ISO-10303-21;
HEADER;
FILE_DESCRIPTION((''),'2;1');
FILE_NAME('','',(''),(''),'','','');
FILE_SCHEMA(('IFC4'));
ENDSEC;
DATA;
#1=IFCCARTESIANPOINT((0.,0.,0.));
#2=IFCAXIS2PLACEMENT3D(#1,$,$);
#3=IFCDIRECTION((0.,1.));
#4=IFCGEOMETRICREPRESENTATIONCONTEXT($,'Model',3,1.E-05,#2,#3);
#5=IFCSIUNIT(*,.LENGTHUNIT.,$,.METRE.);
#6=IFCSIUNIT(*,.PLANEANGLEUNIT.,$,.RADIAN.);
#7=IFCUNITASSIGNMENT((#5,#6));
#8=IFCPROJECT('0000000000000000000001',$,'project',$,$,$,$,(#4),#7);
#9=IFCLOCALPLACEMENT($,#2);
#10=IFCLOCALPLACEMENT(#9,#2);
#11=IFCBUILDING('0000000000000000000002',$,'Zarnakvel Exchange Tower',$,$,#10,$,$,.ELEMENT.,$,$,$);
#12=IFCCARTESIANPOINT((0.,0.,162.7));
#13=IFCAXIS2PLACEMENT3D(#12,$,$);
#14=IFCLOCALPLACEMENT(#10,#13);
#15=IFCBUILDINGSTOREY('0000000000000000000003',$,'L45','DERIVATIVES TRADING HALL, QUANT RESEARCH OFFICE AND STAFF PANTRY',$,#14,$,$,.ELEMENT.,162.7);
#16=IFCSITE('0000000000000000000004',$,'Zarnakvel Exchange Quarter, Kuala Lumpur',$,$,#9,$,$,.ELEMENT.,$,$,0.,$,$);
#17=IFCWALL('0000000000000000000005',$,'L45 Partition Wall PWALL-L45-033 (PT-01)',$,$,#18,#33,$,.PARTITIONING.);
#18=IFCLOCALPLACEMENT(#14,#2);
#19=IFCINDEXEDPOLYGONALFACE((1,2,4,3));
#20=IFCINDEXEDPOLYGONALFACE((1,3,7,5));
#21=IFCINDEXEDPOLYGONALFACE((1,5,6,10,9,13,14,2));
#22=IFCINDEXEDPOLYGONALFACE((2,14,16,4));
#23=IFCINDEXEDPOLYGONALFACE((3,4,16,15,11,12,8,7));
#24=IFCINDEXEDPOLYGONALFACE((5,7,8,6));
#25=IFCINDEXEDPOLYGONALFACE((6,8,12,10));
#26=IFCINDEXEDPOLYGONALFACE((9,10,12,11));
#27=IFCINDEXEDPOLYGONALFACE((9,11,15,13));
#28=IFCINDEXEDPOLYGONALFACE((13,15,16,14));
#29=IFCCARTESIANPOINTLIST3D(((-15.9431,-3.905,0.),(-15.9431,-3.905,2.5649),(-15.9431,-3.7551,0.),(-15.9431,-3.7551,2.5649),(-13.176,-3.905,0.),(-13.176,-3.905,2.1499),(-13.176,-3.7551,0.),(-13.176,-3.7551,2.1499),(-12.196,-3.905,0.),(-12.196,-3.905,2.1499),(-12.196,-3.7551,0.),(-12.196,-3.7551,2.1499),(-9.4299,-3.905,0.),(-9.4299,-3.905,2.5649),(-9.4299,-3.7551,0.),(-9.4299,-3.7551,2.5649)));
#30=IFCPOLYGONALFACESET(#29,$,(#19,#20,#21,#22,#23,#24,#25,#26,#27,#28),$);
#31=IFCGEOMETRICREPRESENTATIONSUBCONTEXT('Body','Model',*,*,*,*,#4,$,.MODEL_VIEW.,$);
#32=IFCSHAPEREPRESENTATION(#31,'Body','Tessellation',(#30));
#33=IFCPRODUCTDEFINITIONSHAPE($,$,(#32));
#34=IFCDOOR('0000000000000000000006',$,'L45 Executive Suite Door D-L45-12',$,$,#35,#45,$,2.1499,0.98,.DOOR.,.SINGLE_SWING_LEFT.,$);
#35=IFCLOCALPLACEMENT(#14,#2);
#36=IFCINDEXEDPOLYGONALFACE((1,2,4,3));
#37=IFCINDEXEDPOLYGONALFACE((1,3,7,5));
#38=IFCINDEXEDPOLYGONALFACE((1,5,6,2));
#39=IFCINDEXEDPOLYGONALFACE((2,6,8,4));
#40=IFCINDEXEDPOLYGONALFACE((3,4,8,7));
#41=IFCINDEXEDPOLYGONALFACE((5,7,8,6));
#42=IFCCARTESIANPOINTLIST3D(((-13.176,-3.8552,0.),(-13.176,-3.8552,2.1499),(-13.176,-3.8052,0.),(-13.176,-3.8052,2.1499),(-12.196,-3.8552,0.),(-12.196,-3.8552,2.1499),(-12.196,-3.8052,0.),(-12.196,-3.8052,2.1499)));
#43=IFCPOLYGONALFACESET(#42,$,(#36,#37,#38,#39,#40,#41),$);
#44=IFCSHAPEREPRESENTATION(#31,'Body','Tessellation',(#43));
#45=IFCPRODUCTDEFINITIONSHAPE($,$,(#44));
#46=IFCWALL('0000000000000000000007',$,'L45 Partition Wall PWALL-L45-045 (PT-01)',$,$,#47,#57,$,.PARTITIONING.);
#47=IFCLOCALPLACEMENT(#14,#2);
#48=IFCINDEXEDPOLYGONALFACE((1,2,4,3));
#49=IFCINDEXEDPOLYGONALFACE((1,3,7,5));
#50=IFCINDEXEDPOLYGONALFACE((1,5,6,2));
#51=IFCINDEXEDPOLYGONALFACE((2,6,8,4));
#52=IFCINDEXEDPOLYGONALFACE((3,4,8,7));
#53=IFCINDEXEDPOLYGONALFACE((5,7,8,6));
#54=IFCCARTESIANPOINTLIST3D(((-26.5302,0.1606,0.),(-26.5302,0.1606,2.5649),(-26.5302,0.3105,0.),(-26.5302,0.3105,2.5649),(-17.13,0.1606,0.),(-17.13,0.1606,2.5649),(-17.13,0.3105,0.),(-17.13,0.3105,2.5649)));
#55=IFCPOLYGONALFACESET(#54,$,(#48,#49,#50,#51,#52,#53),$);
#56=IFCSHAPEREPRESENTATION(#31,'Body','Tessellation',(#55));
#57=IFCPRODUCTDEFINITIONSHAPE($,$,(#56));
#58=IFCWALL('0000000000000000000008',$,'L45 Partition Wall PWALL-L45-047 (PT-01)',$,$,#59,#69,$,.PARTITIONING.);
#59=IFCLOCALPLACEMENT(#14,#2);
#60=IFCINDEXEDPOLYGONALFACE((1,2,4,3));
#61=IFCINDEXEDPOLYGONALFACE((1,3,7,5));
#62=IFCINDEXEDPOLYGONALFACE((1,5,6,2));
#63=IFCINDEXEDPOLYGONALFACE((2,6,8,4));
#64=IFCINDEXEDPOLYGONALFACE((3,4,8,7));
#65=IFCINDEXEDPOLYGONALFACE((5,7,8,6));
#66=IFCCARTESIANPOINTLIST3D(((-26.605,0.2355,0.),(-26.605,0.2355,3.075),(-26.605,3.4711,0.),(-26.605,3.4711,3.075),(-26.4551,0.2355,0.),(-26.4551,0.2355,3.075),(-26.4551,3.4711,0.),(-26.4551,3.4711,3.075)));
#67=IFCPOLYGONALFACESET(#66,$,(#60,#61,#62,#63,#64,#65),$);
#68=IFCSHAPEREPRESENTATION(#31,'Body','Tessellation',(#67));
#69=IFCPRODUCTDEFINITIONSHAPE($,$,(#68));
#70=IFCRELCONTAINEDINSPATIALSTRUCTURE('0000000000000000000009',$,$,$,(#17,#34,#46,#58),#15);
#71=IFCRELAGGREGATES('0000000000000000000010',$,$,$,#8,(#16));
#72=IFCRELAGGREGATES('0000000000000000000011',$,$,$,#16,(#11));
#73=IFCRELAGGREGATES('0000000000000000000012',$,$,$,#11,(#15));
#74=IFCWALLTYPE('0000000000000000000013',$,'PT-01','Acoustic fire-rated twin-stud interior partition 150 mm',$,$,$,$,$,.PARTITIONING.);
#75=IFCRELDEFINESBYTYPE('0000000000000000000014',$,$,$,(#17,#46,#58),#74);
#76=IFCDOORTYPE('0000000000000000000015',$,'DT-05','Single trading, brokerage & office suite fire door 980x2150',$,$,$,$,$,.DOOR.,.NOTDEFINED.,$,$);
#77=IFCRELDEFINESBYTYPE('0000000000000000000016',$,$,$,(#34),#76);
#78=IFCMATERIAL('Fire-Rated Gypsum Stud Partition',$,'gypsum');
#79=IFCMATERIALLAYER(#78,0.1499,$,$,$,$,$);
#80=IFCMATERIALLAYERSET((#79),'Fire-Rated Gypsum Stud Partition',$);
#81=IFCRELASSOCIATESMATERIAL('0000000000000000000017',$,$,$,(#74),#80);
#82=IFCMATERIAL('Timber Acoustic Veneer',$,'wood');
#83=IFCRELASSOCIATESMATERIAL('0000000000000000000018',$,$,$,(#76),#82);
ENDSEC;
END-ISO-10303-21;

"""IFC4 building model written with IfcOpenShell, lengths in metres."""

from ifc_helpers import new_model, si_unit, direction, frame, frame_2d, origin, place, context, subcontext, project, spatial, rectangle, extrude, source, transform, mapped, material, layer, layer_set, type_object, element, fill, save


model = new_model("IFC4")

# Units and contexts
model_context = context("Model", 3, precision=1e-05, world=origin(), true_north=direction((0.0, 1.0)))
body_context = subcontext(model_context, "Body", "Model", "MODEL_VIEW")
ifc_project = project(units=[si_unit("LENGTHUNIT", "METRE"), si_unit("PLANEANGLEUNIT", "RADIAN")], contexts=[model_context])

# Site, building, storey
site_placement = place(None, origin())
site = spatial("IfcSite", under=ifc_project, at=site_placement, Name="Zarnakvel Exchange Quarter, Kuala Lumpur", CompositionType="ELEMENT", RefElevation=0.0)
building_placement = place(site_placement, origin())
building = spatial("IfcBuilding", under=site, at=building_placement, Name="Zarnakvel Exchange Tower", CompositionType="ELEMENT")
storey_placement = place(building_placement, frame((0.0, 0.0, 162.7)))
storey = spatial("IfcBuildingStorey", under=building, at=storey_placement, Name="L45", Description="DERIVATIVES TRADING HALL, QUANT RESEARCH OFFICE AND STAFF PANTRY", CompositionType="ELEMENT", Elevation=162.7)

# Shared definitions
ifc_material_1 = material(Name="Fire-Rated Gypsum Stud Partition", Category="gypsum")
ifc_layer_1 = layer(ifc_material_1, 0.1499)
ifc_layer_set_1 = layer_set([ifc_layer_1], Name="Fire-Rated Gypsum Stud Partition")
wall_type = type_object("IfcWallType", Name="PT-01", Description="Acoustic fire-rated twin-stud interior partition 150 mm", PredefinedType="PARTITIONING", material=ifc_layer_set_1)
ifc_material_2 = material(Name="Timber Acoustic Veneer", Category="wood")
door_type = type_object("IfcDoorType", Name="DT-05", Description="Single trading, brokerage & office suite fire door 980x2150", OperationType="NOTDEFINED", PredefinedType="DOOR", material=ifc_material_2)
shared_shape_1 = source(origin(), body_context, "Body", "SweptSolid", [
    extrude(rectangle(XDim=0.98, YDim=2.1499, at=frame_2d((0.49, 1.075))), frame((0.0, 0.0249, 0.0), z_axis=(0.0, -1.0, 0.0), x_axis=(1.0, 0.0, 0.0)), (0.0, 0.0, 1.0), 0.05),
])

# Wall, opening, door
wall_1_placement = place(storey_placement, frame((-15.9431, -3.8301, 0.0), z_axis=(0.0, 0.0, 1.0), x_axis=(1.0, 0.0, 0.0)))
wall_1 = element("IfcWall", 1, at=wall_1_placement, inside=storey, type_object=wall_type, Name="L45 Partition Wall PWALL-L45-033 (PT-01)", PredefinedType="PARTITIONING", context=body_context, shape_type="SweptSolid", body=[
    extrude(rectangle(XDim=6.5132, YDim=0.1499, at=frame_2d((3.2566, 0.0))), origin(), (0.0, 0.0, 1.0), 2.5649),
])
opening_1_placement = place(wall_1_placement, frame((2.7671, 0.0, 0.0)))
opening_1 = element("IfcOpeningElement", 2, at=opening_1_placement, cuts=wall_1, PredefinedType="OPENING", context=body_context, shape_type="SweptSolid", body=[
    extrude(rectangle(XDim=0.98, YDim=2.1499, at=frame_2d((0.49, 1.075))), frame((0.0, 0.085, 0.0), z_axis=(0.0, -1.0, 0.0), x_axis=(1.0, 0.0, 0.0)), (0.0, 0.0, 1.0), 0.1699),
])
door_1_placement = place(opening_1_placement, origin())
door_1 = element("IfcDoor", 3, at=door_1_placement, inside=storey, type_object=door_type, Name="L45 Executive Suite Door D-L45-12", OperationType="SINGLE_SWING_LEFT", OverallHeight=2.1499, OverallWidth=0.98, PredefinedType="DOOR", context=body_context, shape_type="MappedRepresentation", body=[
    mapped(shared_shape_1, transform((0.0, 0.0, 0.0), x_axis=(1.0, 0.0, 0.0), y_axis=(0.0, 1.0, 0.0), z_axis=(0.0, 0.0, 1.0), scale=1.0)),
])
fill(opening_1, door_1)

# Walls
wall_2_placement = place(storey_placement, frame((-17.1299, 0.2356, 0.0), z_axis=(0.0, 0.0, 1.0), x_axis=(-1.0, 0.0, 0.0)))
element("IfcWall", 4, at=wall_2_placement, inside=storey, type_object=wall_type, Name="L45 Partition Wall PWALL-L45-045 (PT-01)", PredefinedType="PARTITIONING", context=body_context, shape_type="SweptSolid", body=[
    extrude(rectangle(XDim=9.4001, YDim=0.1499, at=frame_2d((4.7002, 0.0))), origin(), (0.0, 0.0, 1.0), 2.5649),
])
wall_3_placement = place(storey_placement, frame((-26.53, 0.2356, 0.0), z_axis=(0.0, 0.0, 1.0), x_axis=(0.0, 1.0, 0.0)))
element("IfcWall", 5, at=wall_3_placement, inside=storey, type_object=wall_type, Name="L45 Partition Wall PWALL-L45-047 (PT-01)", PredefinedType="PARTITIONING", context=body_context, shape_type="SweptSolid", body=[
    extrude(rectangle(XDim=3.2356, YDim=0.1499, at=frame_2d((1.6177, 0.0))), origin(), (0.0, 0.0, 1.0), 3.075),
])

save(model, "model.ifc")
